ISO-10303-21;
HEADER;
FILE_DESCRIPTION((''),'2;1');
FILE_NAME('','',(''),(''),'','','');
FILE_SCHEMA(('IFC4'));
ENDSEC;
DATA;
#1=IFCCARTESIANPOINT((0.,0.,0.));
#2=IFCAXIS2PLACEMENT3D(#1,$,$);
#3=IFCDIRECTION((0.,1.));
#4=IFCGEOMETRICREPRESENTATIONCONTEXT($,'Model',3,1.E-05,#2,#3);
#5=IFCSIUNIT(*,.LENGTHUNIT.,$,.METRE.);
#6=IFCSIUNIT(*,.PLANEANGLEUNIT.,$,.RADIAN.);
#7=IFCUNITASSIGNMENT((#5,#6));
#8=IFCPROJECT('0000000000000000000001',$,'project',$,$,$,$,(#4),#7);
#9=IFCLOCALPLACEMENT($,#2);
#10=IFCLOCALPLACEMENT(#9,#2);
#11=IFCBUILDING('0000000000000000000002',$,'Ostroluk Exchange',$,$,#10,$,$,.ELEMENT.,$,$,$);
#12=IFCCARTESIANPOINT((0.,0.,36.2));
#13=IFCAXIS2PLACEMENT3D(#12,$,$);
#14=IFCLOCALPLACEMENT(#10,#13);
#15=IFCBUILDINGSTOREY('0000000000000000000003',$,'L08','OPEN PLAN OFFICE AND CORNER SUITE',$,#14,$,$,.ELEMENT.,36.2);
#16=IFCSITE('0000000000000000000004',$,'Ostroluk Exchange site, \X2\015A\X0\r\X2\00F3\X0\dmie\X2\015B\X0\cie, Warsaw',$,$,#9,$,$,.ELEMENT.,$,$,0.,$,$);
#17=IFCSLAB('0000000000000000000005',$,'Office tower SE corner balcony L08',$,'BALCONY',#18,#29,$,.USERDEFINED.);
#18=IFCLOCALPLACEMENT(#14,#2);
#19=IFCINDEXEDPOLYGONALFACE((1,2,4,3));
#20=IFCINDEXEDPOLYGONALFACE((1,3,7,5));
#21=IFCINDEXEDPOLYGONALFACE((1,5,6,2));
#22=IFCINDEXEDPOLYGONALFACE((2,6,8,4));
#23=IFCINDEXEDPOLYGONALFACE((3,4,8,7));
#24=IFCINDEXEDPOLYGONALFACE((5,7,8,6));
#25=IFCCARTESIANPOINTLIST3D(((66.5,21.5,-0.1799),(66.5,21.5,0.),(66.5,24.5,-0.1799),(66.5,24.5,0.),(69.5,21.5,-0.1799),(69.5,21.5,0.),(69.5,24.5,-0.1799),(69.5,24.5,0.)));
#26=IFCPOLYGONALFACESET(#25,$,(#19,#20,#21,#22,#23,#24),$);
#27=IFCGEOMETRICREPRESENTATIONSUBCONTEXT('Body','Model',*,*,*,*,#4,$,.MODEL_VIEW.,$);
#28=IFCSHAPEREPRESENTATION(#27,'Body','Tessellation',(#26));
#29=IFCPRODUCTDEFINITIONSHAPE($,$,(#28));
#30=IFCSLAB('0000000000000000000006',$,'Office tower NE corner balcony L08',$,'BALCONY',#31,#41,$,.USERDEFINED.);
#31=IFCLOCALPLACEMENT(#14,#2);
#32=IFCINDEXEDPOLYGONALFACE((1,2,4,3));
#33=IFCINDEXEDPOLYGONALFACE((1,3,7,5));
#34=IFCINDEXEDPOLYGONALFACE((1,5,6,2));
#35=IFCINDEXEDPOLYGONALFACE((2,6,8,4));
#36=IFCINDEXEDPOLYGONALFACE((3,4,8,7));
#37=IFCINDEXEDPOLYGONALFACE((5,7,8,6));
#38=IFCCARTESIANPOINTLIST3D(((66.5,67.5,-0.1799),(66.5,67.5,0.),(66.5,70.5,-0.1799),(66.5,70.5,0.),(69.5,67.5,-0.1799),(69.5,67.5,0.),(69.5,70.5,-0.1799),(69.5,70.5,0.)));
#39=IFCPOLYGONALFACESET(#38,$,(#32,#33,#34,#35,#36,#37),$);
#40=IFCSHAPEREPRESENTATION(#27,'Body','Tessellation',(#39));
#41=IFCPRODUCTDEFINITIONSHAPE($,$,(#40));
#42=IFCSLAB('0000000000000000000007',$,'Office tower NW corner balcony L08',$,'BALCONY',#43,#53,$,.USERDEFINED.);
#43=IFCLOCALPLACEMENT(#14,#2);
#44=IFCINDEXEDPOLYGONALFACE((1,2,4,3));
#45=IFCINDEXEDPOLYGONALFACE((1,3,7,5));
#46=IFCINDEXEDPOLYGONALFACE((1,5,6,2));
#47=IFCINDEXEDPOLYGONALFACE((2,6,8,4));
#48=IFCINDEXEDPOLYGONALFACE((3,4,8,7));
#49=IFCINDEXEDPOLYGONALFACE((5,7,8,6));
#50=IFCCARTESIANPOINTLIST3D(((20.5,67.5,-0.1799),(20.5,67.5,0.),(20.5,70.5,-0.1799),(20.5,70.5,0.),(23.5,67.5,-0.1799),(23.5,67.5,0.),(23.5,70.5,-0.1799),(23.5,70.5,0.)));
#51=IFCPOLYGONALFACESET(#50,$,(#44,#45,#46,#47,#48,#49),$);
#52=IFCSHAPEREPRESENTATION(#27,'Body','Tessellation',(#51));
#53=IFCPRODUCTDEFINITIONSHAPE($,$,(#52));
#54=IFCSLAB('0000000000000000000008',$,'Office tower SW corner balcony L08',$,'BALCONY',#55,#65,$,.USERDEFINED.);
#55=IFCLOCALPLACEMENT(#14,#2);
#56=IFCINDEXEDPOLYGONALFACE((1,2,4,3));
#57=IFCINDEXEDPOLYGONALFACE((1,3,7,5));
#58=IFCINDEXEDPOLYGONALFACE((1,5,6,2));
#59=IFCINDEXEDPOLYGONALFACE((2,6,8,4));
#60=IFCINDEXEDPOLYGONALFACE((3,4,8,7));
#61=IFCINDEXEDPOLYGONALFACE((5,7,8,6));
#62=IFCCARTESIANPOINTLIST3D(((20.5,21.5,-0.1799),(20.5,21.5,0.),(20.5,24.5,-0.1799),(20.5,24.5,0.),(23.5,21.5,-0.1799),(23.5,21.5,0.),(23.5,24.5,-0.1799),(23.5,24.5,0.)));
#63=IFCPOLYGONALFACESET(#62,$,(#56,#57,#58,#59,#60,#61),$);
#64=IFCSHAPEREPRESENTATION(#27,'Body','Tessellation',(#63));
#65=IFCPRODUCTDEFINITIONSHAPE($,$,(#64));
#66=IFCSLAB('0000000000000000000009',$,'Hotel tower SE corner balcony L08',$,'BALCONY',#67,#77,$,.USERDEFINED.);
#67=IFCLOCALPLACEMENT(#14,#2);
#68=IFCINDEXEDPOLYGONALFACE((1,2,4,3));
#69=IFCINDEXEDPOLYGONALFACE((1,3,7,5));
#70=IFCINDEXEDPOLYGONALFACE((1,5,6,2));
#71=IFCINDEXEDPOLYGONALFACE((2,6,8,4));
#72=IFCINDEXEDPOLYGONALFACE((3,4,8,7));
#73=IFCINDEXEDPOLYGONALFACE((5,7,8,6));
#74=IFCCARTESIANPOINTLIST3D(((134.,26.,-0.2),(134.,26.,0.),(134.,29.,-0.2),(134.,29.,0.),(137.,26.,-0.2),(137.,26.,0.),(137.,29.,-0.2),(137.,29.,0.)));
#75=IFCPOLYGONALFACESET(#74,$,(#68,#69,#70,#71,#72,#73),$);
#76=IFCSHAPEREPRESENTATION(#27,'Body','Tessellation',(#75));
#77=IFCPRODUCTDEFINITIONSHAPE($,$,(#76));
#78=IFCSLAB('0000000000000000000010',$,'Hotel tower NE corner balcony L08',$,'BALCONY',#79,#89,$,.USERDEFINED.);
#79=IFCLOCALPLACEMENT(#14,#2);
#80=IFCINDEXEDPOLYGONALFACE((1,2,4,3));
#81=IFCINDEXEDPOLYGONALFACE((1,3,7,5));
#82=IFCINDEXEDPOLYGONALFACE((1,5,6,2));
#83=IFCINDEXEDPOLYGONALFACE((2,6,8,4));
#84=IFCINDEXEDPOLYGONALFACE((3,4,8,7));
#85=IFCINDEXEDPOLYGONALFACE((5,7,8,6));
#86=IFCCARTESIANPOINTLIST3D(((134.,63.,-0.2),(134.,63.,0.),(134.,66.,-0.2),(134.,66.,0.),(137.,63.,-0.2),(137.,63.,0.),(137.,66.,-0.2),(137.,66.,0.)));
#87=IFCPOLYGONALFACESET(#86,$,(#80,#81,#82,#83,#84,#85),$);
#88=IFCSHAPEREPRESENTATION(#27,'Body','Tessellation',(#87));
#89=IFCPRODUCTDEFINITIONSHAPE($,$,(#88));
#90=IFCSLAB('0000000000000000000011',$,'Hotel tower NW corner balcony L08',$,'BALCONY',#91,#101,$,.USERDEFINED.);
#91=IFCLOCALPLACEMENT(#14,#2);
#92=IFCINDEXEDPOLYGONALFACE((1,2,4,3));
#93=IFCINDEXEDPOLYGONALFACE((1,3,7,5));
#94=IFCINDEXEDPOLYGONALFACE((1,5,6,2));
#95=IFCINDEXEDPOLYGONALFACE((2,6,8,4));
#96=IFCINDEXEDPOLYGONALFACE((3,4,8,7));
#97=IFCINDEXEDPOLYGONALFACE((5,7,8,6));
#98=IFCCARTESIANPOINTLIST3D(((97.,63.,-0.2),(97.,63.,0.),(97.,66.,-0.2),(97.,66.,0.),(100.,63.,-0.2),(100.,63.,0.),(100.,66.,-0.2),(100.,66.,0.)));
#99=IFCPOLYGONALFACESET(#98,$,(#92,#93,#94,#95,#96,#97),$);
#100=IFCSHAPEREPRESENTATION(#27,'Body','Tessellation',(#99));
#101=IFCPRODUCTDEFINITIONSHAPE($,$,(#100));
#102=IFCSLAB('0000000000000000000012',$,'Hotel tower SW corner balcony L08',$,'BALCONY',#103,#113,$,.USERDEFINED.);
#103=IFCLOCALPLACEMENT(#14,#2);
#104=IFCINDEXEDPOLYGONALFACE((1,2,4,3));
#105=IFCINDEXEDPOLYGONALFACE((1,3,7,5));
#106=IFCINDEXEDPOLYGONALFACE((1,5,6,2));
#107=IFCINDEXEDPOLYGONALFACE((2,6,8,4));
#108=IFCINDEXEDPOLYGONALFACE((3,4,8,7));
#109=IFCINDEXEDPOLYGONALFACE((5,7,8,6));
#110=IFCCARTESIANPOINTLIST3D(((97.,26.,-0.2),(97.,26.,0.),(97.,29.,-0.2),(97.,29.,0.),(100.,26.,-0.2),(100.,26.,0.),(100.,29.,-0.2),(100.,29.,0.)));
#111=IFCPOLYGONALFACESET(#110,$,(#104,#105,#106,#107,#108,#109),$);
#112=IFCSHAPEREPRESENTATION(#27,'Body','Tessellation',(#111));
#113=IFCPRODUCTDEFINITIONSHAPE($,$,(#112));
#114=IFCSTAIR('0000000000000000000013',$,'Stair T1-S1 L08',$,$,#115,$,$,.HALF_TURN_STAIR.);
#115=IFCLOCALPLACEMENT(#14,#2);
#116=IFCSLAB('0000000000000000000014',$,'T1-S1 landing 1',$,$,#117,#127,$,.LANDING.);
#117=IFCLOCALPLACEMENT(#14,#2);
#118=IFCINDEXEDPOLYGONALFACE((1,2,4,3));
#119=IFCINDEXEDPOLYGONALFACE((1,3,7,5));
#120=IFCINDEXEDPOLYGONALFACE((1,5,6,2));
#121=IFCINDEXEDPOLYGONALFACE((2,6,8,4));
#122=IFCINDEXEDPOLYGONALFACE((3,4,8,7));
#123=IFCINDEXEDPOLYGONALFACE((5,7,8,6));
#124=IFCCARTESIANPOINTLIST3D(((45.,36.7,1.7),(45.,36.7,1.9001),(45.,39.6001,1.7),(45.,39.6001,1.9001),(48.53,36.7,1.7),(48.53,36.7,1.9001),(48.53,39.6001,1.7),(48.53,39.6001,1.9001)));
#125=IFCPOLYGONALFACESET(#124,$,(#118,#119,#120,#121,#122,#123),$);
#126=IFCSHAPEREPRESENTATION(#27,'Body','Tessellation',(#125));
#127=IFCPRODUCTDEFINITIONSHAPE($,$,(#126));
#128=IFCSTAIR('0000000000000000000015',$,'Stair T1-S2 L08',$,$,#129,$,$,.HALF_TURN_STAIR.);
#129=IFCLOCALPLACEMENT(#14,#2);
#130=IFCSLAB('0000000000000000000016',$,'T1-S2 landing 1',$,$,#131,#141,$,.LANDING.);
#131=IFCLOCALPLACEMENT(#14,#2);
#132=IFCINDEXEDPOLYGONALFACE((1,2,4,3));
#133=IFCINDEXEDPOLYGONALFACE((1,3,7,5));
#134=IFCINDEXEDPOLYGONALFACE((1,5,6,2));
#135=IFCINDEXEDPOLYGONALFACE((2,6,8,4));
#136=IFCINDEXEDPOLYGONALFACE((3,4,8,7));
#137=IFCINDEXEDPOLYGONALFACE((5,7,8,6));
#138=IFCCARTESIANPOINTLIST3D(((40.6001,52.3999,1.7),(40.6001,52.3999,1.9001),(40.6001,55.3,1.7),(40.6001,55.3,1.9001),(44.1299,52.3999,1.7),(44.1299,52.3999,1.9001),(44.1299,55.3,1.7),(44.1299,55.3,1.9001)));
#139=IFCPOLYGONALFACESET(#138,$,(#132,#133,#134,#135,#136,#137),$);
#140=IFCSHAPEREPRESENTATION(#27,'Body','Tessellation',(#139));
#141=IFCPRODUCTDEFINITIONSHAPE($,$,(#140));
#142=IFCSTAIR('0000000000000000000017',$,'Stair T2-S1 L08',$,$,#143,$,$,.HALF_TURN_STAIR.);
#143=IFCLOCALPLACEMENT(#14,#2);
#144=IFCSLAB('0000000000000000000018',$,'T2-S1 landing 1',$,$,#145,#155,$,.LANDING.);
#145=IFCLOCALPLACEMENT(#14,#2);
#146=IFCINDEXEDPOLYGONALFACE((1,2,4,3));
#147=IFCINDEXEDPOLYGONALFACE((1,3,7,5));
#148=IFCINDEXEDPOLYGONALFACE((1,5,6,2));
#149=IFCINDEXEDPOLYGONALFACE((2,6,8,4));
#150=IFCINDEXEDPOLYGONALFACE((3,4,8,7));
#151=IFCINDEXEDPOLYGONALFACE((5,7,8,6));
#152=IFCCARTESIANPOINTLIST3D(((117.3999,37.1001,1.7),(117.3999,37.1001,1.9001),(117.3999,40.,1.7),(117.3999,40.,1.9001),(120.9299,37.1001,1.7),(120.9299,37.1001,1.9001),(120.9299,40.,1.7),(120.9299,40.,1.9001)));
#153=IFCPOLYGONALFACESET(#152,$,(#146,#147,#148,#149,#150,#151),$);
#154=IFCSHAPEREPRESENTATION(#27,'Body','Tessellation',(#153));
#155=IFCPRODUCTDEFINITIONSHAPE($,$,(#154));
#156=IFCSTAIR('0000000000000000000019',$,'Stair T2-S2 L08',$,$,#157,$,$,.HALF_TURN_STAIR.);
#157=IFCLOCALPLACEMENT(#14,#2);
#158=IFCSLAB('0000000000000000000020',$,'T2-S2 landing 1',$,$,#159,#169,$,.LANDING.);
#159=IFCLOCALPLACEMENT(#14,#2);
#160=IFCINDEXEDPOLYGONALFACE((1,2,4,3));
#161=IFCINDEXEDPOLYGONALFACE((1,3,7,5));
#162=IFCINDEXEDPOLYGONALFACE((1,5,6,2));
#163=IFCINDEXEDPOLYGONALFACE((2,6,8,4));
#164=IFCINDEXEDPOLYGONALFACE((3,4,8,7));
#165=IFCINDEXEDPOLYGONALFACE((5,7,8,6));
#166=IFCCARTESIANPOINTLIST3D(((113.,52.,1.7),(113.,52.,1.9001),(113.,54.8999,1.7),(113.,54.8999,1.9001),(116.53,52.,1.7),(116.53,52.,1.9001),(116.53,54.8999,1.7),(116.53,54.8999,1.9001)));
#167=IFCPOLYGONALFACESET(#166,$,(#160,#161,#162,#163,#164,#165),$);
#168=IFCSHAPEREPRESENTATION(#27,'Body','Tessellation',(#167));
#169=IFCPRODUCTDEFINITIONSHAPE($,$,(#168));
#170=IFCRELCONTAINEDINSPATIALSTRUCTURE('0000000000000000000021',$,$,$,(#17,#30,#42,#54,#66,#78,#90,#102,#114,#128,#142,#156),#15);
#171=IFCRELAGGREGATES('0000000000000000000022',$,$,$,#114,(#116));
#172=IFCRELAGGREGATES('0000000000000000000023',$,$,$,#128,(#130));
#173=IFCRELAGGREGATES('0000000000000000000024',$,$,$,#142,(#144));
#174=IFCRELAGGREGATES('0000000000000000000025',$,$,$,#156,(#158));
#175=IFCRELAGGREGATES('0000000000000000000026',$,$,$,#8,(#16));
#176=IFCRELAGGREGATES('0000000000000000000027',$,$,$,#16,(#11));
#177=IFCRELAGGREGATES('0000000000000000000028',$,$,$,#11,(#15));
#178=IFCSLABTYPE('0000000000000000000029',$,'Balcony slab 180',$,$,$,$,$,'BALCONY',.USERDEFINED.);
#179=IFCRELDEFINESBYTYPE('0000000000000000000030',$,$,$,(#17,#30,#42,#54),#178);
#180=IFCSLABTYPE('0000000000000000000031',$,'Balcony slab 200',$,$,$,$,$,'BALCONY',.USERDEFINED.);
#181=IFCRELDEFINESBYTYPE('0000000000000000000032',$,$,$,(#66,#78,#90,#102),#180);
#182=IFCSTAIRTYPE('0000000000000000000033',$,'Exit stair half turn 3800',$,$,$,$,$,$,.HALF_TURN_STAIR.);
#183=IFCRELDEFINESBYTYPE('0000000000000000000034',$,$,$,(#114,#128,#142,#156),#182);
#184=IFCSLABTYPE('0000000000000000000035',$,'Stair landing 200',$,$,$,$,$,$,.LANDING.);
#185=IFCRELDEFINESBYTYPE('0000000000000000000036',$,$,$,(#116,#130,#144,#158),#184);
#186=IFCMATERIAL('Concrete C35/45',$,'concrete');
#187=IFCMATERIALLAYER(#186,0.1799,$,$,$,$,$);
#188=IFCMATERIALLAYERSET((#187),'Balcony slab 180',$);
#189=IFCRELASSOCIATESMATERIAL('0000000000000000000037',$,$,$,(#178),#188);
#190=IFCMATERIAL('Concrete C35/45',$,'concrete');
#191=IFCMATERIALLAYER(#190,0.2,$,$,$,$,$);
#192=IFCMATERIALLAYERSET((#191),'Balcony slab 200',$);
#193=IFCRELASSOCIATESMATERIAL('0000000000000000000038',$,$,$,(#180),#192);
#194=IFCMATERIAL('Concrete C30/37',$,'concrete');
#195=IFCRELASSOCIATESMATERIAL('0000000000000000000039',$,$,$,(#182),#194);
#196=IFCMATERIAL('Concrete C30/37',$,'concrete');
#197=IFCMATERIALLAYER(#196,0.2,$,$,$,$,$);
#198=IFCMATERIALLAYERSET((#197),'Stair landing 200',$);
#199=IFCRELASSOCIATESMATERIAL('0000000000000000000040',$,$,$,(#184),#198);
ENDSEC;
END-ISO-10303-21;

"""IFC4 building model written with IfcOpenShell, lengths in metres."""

from ifc_helpers import new_model, si_unit, direction, frame, origin, place, context, subcontext, project, spatial, polyline, outline, extrude, material, layer, layer_set, type_object, element, aggregate, save


model = new_model("IFC4")

# Units and contexts
model_context = context("Model", 3, precision=1e-05, world=origin(), true_north=direction((0.0, 1.0)))
body_context = subcontext(model_context, "Body", "Model", "MODEL_VIEW")
ifc_project = project(units=[si_unit("LENGTHUNIT", "METRE"), si_unit("PLANEANGLEUNIT", "RADIAN")], contexts=[model_context])

# Site, building, storey
site_placement = place(None, origin())
site = spatial("IfcSite", under=ifc_project, at=site_placement, Name="Ostroluk Exchange site, Śródmieście, Warsaw", CompositionType="ELEMENT", RefElevation=0.0)
building_placement = place(site_placement, origin())
building = spatial("IfcBuilding", under=site, at=building_placement, Name="Ostroluk Exchange", CompositionType="ELEMENT")
storey_placement = place(building_placement, frame((0.0, 0.0, 36.2)))
storey = spatial("IfcBuildingStorey", under=building, at=storey_placement, Name="L08", Description="OPEN PLAN OFFICE AND CORNER SUITE", CompositionType="ELEMENT", Elevation=36.2)

# Slabs
ifc_material_1 = material(Name="Concrete C35/45", Category="concrete")
ifc_layer_1 = layer(ifc_material_1, 0.1799)
ifc_layer_set_1 = layer_set([ifc_layer_1], Name="Balcony slab 180")
slab_type_1 = type_object("IfcSlabType", Name="Balcony slab 180", ElementType="BALCONY", PredefinedType="USERDEFINED", material=ifc_layer_set_1)
slab_1_placement = place(storey_placement, frame((0.0, 0.0, -0.1799)))
element("IfcSlab", 1, at=slab_1_placement, inside=storey, type_object=slab_type_1, Name="Office tower SE corner balcony L08", ObjectType="BALCONY", PredefinedType="USERDEFINED", context=body_context, shape_type="SweptSolid", body=[
    extrude(outline(polyline([(66.5, 21.5), (69.5, 21.5), (69.5, 24.5), (66.5, 24.5), (66.5, 21.5)])), origin(), (0.0, 0.0, 1.0), 0.1799),
])
slab_2_placement = place(storey_placement, frame((0.0, 0.0, -0.1799)))
element("IfcSlab", 2, at=slab_2_placement, inside=storey, type_object=slab_type_1, Name="Office tower NE corner balcony L08", ObjectType="BALCONY", PredefinedType="USERDEFINED", context=body_context, shape_type="SweptSolid", body=[
    extrude(outline(polyline([(66.5, 67.5), (69.5, 67.5), (69.5, 70.5), (66.5, 70.5), (66.5, 67.5)])), origin(), (0.0, 0.0, 1.0), 0.1799),
])
slab_3_placement = place(storey_placement, frame((0.0, 0.0, -0.1799)))
element("IfcSlab", 3, at=slab_3_placement, inside=storey, type_object=slab_type_1, Name="Office tower NW corner balcony L08", ObjectType="BALCONY", PredefinedType="USERDEFINED", context=body_context, shape_type="SweptSolid", body=[
    extrude(outline(polyline([(20.5, 67.5), (23.5, 67.5), (23.5, 70.5), (20.5, 70.5), (20.5, 67.5)])), origin(), (0.0, 0.0, 1.0), 0.1799),
])
slab_4_placement = place(storey_placement, frame((0.0, 0.0, -0.1799)))
element("IfcSlab", 4, at=slab_4_placement, inside=storey, type_object=slab_type_1, Name="Office tower SW corner balcony L08", ObjectType="BALCONY", PredefinedType="USERDEFINED", context=body_context, shape_type="SweptSolid", body=[
    extrude(outline(polyline([(20.5, 21.5), (23.5, 21.5), (23.5, 24.5), (20.5, 24.5), (20.5, 21.5)])), origin(), (0.0, 0.0, 1.0), 0.1799),
])
ifc_material_2 = material(Name="Concrete C35/45", Category="concrete")
ifc_layer_2 = layer(ifc_material_2, 0.2)
ifc_layer_set_2 = layer_set([ifc_layer_2], Name="Balcony slab 200")
slab_type_2 = type_object("IfcSlabType", Name="Balcony slab 200", ElementType="BALCONY", PredefinedType="USERDEFINED", material=ifc_layer_set_2)
slab_5_placement = place(storey_placement, frame((0.0, 0.0, -0.2)))
element("IfcSlab", 5, at=slab_5_placement, inside=storey, type_object=slab_type_2, Name="Hotel tower SE corner balcony L08", ObjectType="BALCONY", PredefinedType="USERDEFINED", context=body_context, shape_type="SweptSolid", body=[
    extrude(outline(polyline([(134.0, 26.0), (137.0, 26.0), (137.0, 29.0), (134.0, 29.0), (134.0, 26.0)])), origin(), (0.0, 0.0, 1.0), 0.2),
])
slab_6_placement = place(storey_placement, frame((0.0, 0.0, -0.2)))
element("IfcSlab", 6, at=slab_6_placement, inside=storey, type_object=slab_type_2, Name="Hotel tower NE corner balcony L08", ObjectType="BALCONY", PredefinedType="USERDEFINED", context=body_context, shape_type="SweptSolid", body=[
    extrude(outline(polyline([(134.0, 63.0), (137.0, 63.0), (137.0, 66.0), (134.0, 66.0), (134.0, 63.0)])), origin(), (0.0, 0.0, 1.0), 0.2),
])
slab_7_placement = place(storey_placement, frame((0.0, 0.0, -0.2)))
element("IfcSlab", 7, at=slab_7_placement, inside=storey, type_object=slab_type_2, Name="Hotel tower NW corner balcony L08", ObjectType="BALCONY", PredefinedType="USERDEFINED", context=body_context, shape_type="SweptSolid", body=[
    extrude(outline(polyline([(97.0, 63.0), (100.0, 63.0), (100.0, 66.0), (97.0, 66.0), (97.0, 63.0)])), origin(), (0.0, 0.0, 1.0), 0.2),
])
slab_8_placement = place(storey_placement, frame((0.0, 0.0, -0.2)))
element("IfcSlab", 8, at=slab_8_placement, inside=storey, type_object=slab_type_2, Name="Hotel tower SW corner balcony L08", ObjectType="BALCONY", PredefinedType="USERDEFINED", context=body_context, shape_type="SweptSolid", body=[
    extrude(outline(polyline([(97.0, 26.0), (100.0, 26.0), (100.0, 29.0), (97.0, 29.0), (97.0, 26.0)])), origin(), (0.0, 0.0, 1.0), 0.2),
])

# Stairs, slabs
ifc_material_3 = material(Name="Concrete C30/37", Category="concrete")
stair_type = type_object("IfcStairType", Name="Exit stair half turn 3800", PredefinedType="HALF_TURN_STAIR", material=ifc_material_3)
stair_1_placement = place(storey_placement, origin())
stair_1 = element("IfcStair", 9, at=stair_1_placement, inside=storey, type_object=stair_type, Name="Stair T1-S1 L08", PredefinedType="HALF_TURN_STAIR")
ifc_material_4 = material(Name="Concrete C30/37", Category="concrete")
ifc_layer_3 = layer(ifc_material_4, 0.2)
ifc_layer_set_3 = layer_set([ifc_layer_3], Name="Stair landing 200")
slab_type_3 = type_object("IfcSlabType", Name="Stair landing 200", PredefinedType="LANDING", material=ifc_layer_set_3)
slab_9_placement = place(storey_placement, frame((0.0, 0.0, 1.7)))
slab_9 = element("IfcSlab", 10, at=slab_9_placement, type_object=slab_type_3, Name="T1-S1 landing 1", PredefinedType="LANDING", context=body_context, shape_type="SweptSolid", body=[
    extrude(outline(polyline([(45.0, 36.7), (45.0, 39.6001), (48.53, 39.6001), (48.53, 36.7), (45.0, 36.7)])), origin(), (0.0, 0.0, 1.0), 0.2002),
])
aggregate(stair_1, [slab_9])
stair_2_placement = place(storey_placement, origin())
stair_2 = element("IfcStair", 11, at=stair_2_placement, inside=storey, type_object=stair_type, Name="Stair T1-S2 L08", PredefinedType="HALF_TURN_STAIR")
slab_10_placement = place(storey_placement, frame((0.0, 0.0, 1.7)))
slab_10 = element("IfcSlab", 12, at=slab_10_placement, type_object=slab_type_3, Name="T1-S2 landing 1", PredefinedType="LANDING", context=body_context, shape_type="SweptSolid", body=[
    extrude(outline(polyline([(44.1299, 52.3999), (44.1299, 55.3), (40.6001, 55.3), (40.6001, 52.3999), (44.1299, 52.3999)])), origin(), (0.0, 0.0, 1.0), 0.2002),
])
aggregate(stair_2, [slab_10])
stair_3_placement = place(storey_placement, origin())
stair_3 = element("IfcStair", 13, at=stair_3_placement, inside=storey, type_object=stair_type, Name="Stair T2-S1 L08", PredefinedType="HALF_TURN_STAIR")
slab_11_placement = place(storey_placement, frame((0.0, 0.0, 1.7)))
slab_11 = element("IfcSlab", 14, at=slab_11_placement, type_object=slab_type_3, Name="T2-S1 landing 1", PredefinedType="LANDING", context=body_context, shape_type="SweptSolid", body=[
    extrude(outline(polyline([(117.3999, 37.1001), (117.3999, 40.0), (120.9299, 40.0), (120.9299, 37.1001), (117.3999, 37.1001)])), origin(), (0.0, 0.0, 1.0), 0.2002),
])
aggregate(stair_3, [slab_11])
stair_4_placement = place(storey_placement, origin())
stair_4 = element("IfcStair", 15, at=stair_4_placement, inside=storey, type_object=stair_type, Name="Stair T2-S2 L08", PredefinedType="HALF_TURN_STAIR")
slab_12_placement = place(storey_placement, frame((0.0, 0.0, 1.7)))
slab_12 = element("IfcSlab", 16, at=slab_12_placement, type_object=slab_type_3, Name="T2-S2 landing 1", PredefinedType="LANDING", context=body_context, shape_type="SweptSolid", body=[
    extrude(outline(polyline([(116.53, 52.0), (116.53, 54.8999), (113.0, 54.8999), (113.0, 52.0), (116.53, 52.0)])), origin(), (0.0, 0.0, 1.0), 0.2002),
])
aggregate(stair_4, [slab_12])

save(model, "model.ifc")
